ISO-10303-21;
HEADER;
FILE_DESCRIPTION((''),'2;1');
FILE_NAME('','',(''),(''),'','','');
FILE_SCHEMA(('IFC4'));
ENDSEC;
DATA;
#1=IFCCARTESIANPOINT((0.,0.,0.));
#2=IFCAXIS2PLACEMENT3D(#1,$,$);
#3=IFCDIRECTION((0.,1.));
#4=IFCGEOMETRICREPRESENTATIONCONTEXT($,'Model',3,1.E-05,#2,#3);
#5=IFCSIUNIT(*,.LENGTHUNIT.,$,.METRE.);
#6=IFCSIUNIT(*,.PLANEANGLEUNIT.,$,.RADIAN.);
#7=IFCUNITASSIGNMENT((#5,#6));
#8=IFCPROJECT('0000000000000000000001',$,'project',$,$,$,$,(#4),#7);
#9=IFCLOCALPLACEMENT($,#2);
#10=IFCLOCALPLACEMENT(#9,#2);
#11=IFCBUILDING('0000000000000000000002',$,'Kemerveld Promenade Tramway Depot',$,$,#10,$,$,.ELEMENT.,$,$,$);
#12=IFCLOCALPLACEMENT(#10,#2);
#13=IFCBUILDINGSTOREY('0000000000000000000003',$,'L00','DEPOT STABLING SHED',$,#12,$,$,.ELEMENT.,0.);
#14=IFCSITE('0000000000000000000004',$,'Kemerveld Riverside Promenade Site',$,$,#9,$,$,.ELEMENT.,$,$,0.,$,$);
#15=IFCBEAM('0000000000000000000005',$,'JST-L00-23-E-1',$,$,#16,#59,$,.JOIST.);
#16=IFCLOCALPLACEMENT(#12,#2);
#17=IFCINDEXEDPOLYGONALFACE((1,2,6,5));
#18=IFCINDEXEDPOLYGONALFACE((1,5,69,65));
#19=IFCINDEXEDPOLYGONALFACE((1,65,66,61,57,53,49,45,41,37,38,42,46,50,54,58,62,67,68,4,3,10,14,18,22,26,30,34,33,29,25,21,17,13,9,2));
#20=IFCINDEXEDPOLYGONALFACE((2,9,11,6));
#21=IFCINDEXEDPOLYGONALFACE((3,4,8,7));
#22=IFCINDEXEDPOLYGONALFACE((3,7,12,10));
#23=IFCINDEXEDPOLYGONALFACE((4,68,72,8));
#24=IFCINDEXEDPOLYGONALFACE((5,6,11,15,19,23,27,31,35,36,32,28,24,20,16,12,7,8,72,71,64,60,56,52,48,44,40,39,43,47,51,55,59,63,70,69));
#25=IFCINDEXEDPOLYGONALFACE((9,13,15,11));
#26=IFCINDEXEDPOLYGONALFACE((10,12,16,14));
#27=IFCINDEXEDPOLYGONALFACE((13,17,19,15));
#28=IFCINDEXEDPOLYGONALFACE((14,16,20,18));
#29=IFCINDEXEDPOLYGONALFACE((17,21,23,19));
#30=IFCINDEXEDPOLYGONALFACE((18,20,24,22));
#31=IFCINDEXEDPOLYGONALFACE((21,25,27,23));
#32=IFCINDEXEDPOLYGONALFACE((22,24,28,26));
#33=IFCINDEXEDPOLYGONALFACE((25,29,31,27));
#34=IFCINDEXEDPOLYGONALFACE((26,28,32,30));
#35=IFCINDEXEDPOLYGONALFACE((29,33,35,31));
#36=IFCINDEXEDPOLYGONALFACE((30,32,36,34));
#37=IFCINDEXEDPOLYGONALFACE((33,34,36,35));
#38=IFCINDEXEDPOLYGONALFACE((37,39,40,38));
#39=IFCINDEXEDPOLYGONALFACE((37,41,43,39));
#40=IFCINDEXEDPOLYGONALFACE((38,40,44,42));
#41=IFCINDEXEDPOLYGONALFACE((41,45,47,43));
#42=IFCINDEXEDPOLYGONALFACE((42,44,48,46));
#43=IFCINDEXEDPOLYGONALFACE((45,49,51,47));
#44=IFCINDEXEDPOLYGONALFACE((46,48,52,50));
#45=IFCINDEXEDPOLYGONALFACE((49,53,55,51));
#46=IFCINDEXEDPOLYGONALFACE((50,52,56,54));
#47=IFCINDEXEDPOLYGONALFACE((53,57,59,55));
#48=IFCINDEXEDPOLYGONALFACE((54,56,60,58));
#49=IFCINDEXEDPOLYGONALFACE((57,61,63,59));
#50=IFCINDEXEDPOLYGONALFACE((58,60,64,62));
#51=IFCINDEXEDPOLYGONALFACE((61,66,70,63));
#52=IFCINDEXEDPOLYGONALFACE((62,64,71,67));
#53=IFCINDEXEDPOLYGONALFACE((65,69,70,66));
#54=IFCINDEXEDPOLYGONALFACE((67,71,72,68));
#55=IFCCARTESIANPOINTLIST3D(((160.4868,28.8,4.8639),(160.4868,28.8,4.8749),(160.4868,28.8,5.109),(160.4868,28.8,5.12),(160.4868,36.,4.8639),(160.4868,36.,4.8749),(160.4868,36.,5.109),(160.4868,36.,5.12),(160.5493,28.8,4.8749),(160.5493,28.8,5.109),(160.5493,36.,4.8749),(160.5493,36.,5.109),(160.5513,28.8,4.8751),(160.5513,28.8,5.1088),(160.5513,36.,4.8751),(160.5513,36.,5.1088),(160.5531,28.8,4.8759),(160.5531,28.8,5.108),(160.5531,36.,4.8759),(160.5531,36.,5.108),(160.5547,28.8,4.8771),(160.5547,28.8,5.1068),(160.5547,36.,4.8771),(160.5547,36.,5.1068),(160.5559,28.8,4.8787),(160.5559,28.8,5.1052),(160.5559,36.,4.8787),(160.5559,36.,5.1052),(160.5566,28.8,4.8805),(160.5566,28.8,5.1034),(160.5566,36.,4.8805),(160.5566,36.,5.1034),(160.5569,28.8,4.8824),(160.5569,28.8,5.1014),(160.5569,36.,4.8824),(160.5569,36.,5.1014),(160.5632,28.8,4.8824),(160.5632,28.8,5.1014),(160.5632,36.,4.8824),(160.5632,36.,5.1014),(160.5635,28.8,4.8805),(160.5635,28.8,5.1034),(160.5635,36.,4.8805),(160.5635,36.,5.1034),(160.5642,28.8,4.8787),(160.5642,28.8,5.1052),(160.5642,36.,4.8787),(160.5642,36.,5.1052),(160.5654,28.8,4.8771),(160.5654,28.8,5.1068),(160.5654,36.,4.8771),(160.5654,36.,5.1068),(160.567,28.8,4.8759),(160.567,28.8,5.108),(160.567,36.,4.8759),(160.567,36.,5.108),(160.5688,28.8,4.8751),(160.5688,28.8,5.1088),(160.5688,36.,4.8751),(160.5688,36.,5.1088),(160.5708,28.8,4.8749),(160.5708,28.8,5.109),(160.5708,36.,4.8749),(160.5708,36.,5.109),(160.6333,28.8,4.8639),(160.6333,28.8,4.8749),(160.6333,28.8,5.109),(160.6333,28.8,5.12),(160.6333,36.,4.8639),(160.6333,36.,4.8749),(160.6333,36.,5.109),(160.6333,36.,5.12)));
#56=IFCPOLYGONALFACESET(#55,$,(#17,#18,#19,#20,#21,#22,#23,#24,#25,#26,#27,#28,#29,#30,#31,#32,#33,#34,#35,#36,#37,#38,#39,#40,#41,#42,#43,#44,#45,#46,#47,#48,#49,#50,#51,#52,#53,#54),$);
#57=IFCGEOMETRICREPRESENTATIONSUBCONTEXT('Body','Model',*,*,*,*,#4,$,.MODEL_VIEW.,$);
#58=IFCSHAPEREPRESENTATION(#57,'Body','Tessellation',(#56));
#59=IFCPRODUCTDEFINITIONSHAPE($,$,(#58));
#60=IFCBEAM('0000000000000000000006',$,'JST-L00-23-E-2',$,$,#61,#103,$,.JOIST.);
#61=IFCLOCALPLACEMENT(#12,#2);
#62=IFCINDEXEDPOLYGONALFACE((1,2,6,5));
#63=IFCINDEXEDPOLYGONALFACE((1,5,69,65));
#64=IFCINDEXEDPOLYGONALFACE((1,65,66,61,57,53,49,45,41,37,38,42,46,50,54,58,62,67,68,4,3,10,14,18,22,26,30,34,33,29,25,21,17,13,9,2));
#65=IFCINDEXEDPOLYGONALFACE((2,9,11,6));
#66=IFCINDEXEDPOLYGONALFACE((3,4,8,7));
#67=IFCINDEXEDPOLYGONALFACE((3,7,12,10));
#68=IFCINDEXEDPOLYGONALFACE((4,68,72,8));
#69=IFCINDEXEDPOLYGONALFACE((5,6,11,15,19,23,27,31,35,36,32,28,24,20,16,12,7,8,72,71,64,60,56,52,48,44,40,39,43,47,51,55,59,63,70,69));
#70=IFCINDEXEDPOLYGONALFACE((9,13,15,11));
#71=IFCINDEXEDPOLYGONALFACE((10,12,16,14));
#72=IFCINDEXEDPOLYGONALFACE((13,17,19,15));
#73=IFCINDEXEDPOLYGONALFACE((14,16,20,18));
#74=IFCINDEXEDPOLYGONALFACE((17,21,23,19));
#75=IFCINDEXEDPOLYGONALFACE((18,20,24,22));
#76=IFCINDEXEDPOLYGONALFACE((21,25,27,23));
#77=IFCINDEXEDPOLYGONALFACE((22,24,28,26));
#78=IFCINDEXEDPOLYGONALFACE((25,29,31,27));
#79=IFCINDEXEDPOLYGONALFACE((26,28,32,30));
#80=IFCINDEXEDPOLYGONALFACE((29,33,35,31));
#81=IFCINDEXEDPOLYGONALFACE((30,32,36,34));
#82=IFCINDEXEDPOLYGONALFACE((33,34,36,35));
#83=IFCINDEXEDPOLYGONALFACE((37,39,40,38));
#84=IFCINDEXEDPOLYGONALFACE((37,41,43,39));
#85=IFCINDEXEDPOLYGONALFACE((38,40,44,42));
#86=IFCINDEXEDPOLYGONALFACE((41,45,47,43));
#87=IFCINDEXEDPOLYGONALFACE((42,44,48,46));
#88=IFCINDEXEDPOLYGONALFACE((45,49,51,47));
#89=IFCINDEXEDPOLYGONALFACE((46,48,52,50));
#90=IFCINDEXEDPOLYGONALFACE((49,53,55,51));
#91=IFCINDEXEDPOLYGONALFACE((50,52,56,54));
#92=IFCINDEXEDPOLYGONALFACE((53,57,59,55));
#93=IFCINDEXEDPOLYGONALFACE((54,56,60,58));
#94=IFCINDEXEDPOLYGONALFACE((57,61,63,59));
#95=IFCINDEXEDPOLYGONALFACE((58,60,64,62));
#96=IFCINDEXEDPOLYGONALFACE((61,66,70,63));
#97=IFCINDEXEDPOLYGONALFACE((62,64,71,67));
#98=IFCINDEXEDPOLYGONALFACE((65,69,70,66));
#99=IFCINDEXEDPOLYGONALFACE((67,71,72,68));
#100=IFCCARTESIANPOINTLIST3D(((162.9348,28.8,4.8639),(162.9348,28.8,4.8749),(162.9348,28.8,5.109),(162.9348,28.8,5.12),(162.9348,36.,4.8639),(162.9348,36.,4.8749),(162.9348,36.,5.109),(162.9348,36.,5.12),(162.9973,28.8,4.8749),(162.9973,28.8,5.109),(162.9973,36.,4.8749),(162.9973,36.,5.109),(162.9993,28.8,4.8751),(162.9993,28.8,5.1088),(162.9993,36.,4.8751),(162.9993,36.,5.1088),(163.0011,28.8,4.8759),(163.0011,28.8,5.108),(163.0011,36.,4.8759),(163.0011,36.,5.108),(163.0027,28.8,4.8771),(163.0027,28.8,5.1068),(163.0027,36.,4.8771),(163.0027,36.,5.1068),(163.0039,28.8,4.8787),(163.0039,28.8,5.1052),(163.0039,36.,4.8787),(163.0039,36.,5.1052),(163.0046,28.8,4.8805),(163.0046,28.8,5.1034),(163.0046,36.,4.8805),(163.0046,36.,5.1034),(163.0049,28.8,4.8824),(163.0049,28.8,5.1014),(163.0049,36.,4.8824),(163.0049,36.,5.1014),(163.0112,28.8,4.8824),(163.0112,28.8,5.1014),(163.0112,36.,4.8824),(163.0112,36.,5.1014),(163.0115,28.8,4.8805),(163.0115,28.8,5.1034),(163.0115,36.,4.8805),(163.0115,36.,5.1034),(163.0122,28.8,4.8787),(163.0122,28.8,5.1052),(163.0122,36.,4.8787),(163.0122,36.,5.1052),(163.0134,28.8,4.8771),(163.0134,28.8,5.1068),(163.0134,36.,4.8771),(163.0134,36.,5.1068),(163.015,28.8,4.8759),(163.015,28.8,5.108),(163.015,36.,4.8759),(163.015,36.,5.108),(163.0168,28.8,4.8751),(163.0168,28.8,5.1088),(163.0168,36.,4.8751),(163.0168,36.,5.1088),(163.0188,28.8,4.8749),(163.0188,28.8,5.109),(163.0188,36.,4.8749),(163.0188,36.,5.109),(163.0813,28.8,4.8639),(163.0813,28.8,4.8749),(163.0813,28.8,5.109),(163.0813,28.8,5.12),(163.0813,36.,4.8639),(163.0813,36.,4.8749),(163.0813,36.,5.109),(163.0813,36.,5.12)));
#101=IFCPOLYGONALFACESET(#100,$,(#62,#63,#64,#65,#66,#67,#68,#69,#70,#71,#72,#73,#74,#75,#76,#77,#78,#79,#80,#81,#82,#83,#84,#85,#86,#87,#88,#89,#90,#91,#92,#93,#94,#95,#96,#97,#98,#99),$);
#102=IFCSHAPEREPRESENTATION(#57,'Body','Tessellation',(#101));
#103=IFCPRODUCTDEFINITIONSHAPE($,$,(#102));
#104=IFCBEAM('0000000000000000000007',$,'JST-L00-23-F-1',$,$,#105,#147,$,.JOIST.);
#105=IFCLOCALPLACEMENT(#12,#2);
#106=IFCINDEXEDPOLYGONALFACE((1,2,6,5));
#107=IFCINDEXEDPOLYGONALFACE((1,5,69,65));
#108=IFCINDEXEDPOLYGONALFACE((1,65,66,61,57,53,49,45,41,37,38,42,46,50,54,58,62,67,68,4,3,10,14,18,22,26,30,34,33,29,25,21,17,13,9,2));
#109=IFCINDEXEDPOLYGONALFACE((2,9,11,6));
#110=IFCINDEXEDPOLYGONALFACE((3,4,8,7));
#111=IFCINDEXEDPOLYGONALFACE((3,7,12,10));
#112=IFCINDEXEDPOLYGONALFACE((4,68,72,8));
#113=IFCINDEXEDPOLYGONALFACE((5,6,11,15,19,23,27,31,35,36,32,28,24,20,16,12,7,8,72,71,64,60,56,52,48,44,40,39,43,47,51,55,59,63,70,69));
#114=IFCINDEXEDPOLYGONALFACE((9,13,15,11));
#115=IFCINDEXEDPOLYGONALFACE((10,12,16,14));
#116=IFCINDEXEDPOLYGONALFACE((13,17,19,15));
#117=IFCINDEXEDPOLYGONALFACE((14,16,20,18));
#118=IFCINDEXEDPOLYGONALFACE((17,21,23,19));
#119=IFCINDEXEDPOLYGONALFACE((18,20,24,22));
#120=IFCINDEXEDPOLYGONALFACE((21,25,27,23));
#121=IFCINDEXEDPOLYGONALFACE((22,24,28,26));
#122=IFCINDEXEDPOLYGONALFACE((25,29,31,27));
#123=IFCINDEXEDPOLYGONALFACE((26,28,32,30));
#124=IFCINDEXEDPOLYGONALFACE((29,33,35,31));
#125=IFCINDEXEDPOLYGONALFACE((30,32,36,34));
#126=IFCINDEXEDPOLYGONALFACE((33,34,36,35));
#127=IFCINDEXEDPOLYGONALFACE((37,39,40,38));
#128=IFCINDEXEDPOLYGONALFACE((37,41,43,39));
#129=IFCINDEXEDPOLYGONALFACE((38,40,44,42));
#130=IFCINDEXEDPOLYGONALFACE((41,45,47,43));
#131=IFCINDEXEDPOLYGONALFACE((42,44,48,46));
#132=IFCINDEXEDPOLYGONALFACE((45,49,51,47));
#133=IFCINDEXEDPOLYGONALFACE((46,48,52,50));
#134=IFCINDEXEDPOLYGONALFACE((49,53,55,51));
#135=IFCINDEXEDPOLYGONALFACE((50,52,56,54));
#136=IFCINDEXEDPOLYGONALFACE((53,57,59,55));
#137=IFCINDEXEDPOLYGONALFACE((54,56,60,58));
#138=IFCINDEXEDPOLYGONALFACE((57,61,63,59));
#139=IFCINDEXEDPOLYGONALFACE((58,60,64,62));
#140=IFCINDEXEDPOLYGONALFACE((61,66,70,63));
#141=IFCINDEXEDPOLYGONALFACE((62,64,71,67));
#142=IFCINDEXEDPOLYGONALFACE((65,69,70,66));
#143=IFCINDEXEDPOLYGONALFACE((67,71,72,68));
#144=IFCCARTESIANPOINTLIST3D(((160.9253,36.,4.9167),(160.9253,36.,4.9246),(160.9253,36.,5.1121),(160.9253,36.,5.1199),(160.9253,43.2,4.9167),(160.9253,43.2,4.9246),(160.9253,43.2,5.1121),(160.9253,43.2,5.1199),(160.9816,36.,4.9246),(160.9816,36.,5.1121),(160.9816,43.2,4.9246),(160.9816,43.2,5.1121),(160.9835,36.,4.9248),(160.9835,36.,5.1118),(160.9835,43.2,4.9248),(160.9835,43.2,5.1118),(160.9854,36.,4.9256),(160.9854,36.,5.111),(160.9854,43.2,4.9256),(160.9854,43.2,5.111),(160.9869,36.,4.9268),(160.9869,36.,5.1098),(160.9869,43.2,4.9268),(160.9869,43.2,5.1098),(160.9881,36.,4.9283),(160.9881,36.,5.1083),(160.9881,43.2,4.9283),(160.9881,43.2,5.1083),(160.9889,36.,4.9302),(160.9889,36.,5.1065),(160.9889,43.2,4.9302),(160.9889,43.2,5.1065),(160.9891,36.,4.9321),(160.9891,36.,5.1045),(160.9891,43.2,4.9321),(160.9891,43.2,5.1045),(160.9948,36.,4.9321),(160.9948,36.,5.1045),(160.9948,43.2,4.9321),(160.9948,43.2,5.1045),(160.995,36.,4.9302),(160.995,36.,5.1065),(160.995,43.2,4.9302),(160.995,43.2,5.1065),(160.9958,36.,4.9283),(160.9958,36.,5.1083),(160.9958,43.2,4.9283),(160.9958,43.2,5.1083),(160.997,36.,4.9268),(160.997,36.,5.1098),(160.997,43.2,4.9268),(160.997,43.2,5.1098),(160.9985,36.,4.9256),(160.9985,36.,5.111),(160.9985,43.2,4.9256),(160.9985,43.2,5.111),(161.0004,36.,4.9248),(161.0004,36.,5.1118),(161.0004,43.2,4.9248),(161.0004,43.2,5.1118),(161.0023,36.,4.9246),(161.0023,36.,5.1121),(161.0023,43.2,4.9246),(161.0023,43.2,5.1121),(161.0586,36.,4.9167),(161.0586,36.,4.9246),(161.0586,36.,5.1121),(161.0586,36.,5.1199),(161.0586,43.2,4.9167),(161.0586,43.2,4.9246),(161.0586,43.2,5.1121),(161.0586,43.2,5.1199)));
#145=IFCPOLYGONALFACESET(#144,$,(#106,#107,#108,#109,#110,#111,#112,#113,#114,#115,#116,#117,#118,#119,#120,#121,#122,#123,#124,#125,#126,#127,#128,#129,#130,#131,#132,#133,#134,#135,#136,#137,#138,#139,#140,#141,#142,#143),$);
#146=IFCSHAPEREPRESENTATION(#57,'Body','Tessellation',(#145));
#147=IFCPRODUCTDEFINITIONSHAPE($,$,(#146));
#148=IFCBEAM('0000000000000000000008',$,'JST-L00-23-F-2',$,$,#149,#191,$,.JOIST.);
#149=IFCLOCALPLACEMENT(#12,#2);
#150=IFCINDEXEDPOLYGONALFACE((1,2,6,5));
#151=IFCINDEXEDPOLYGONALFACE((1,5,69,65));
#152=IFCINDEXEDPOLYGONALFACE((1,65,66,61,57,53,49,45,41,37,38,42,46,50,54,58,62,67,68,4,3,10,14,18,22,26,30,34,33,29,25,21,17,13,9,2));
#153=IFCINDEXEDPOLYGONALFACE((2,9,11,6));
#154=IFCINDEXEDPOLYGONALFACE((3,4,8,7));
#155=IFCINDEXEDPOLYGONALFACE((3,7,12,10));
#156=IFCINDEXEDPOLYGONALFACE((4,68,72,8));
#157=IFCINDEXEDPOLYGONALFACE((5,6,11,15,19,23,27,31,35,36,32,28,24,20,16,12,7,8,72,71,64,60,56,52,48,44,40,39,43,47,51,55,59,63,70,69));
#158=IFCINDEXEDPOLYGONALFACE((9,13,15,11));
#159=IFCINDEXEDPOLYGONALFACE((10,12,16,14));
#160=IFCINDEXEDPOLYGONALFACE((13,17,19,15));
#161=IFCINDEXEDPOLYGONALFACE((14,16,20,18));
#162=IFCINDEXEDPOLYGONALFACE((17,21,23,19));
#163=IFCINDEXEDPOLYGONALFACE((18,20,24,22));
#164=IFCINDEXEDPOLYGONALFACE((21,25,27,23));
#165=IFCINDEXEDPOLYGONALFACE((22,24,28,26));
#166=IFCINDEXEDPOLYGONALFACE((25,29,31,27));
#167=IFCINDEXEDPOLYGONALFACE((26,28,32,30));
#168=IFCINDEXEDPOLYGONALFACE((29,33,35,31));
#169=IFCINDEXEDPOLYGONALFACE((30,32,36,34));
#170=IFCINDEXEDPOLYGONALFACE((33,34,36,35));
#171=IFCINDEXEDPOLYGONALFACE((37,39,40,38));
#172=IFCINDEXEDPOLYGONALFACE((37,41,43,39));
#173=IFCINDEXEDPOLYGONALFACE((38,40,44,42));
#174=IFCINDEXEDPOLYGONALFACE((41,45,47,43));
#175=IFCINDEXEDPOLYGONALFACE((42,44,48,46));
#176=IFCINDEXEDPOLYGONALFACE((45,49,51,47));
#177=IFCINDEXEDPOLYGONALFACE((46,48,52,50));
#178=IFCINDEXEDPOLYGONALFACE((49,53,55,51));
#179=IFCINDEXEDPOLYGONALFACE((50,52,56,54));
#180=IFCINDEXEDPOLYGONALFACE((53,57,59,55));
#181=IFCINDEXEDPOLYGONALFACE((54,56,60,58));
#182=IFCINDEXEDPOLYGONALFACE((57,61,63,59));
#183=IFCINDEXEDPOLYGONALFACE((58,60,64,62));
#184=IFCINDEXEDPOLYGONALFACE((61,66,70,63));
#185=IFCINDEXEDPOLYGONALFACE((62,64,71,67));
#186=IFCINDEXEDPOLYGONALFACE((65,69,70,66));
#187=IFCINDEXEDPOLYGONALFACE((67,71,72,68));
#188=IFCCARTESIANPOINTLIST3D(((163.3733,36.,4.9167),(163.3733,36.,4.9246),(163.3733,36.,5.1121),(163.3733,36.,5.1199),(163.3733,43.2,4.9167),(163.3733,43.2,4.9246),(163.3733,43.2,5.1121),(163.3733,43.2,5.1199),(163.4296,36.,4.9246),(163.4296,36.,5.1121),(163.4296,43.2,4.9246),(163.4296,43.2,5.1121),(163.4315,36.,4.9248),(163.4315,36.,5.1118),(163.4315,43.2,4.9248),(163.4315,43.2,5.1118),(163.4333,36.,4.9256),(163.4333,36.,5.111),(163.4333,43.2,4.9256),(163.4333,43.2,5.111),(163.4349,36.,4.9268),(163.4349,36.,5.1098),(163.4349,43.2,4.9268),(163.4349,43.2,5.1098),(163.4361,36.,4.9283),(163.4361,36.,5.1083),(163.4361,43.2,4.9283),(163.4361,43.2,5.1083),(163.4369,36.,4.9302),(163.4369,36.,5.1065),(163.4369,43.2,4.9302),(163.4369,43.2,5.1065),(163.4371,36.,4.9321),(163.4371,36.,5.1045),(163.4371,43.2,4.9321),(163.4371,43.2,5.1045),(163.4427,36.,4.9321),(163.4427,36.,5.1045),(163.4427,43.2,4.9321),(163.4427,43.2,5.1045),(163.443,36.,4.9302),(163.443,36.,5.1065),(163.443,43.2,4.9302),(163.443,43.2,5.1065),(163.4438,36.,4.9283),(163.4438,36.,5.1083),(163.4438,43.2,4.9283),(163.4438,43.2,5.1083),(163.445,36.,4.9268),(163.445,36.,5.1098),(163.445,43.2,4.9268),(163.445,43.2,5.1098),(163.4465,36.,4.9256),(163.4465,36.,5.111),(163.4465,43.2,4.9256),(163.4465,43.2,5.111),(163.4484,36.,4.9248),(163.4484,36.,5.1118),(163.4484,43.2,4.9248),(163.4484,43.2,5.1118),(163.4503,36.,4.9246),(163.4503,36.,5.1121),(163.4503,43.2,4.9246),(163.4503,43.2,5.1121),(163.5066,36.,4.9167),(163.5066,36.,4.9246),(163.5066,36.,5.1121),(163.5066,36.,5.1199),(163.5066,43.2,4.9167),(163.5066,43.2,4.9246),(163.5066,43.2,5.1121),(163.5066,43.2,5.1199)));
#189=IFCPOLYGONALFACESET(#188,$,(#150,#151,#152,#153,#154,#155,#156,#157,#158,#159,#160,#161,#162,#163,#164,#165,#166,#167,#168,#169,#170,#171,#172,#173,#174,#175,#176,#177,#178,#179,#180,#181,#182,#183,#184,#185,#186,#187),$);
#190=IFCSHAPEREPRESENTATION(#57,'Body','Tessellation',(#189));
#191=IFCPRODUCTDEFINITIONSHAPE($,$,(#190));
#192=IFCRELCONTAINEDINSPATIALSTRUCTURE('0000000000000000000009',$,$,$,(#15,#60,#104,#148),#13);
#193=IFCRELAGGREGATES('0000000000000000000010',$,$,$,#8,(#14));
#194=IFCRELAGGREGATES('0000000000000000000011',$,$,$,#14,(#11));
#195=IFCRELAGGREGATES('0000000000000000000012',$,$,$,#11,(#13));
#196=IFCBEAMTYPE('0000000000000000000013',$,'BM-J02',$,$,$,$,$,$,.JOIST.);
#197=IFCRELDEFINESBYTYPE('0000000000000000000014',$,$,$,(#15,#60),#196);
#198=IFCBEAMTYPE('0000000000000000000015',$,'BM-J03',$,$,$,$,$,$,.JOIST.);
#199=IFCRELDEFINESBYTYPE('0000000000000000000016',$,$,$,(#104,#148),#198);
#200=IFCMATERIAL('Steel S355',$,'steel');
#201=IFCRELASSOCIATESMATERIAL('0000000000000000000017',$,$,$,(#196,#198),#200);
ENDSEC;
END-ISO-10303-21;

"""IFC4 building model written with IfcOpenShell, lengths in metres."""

from ifc_helpers import new_model, si_unit, direction, frame, origin, origin_2d, place, context, subcontext, project, spatial, i_section, extrude, material, material_profile, profile_set, type_object, element, save


model = new_model("IFC4")

# Units and contexts
model_context = context("Model", 3, precision=1e-05, world=origin(), true_north=direction((0.0, 1.0)))
body_context = subcontext(model_context, "Body", "Model", "MODEL_VIEW")
ifc_project = project(units=[si_unit("LENGTHUNIT", "METRE"), si_unit("PLANEANGLEUNIT", "RADIAN")], contexts=[model_context])

# Site, building, storey
site_placement = place(None, origin())
site = spatial("IfcSite", under=ifc_project, at=site_placement, Name="Kemerveld Riverside Promenade Site", CompositionType="ELEMENT", RefElevation=0.0)
building_placement = place(site_placement, origin())
building = spatial("IfcBuilding", under=site, at=building_placement, Name="Kemerveld Promenade Tramway Depot", CompositionType="ELEMENT")
storey_placement = place(building_placement, origin())
storey = spatial("IfcBuildingStorey", under=building, at=storey_placement, Name="L00", Description="DEPOT STABLING SHED", CompositionType="ELEMENT", Elevation=0.0)

# Shared definitions
ifc_material_1 = material(Name="Steel S355", Category="steel")

# Beams
ifc_material_profile_1 = material_profile(ifc_material_1, i_section(OverallWidth=0.1465, OverallDepth=0.2561, WebThickness=0.0063, FlangeThickness=0.011, FilletRadius=0.0076, at=origin_2d()), Name="254x146x37 UB")
ifc_profile_set_1 = profile_set([ifc_material_profile_1], Name="Steel S355")
beam_type_1 = type_object("IfcBeamType", Name="BM-J02", PredefinedType="JOIST", material=ifc_profile_set_1)
for number, where, z_axis, x_axis, name in (
    (1, (160.5601, 28.8, 4.9919), (0.0, 1.0, 0.0), (-1.0, 0.0, 0.0), "JST-L00-23-E-1"),
    (2, (163.0081, 28.8, 4.9919), (0.0, 1.0, 0.0), (-1.0, 0.0, 0.0), "JST-L00-23-E-2"),
):
    element("IfcBeam", number, at=place(storey_placement, frame(where, z_axis=z_axis, x_axis=x_axis)), inside=storey, type_object=beam_type_1, Name=name, PredefinedType="JOIST", context=body_context, shape_type="SweptSolid", body=[
        extrude(i_section(OverallWidth=0.1465, OverallDepth=0.2561, WebThickness=0.0063, FlangeThickness=0.011, FilletRadius=0.0076, at=origin_2d()), origin(), (0.0, 0.0, 1.0), 7.2),
    ])
ifc_material_profile_2 = material_profile(ifc_material_1, i_section(OverallWidth=0.1333, OverallDepth=0.2031, WebThickness=0.0056, FlangeThickness=0.0078, FilletRadius=0.0076, at=origin_2d()), Name="203x133x25 UB")
ifc_profile_set_2 = profile_set([ifc_material_profile_2], Name="Steel S355")
beam_type_2 = type_object("IfcBeamType", Name="BM-J03", PredefinedType="JOIST", material=ifc_profile_set_2)
for number, where, z_axis, x_axis, name in (
    (3, (160.9919, 36.0, 5.0183), (0.0, 1.0, 0.0), (-1.0, 0.0, 0.0), "JST-L00-23-F-1"),
    (4, (163.4399, 36.0, 5.0183), (0.0, 1.0, 0.0), (-1.0, 0.0, 0.0), "JST-L00-23-F-2"),
):
    element("IfcBeam", number, at=place(storey_placement, frame(where, z_axis=z_axis, x_axis=x_axis)), inside=storey, type_object=beam_type_2, Name=name, PredefinedType="JOIST", context=body_context, shape_type="SweptSolid", body=[
        extrude(i_section(OverallWidth=0.1333, OverallDepth=0.2031, WebThickness=0.0056, FlangeThickness=0.0078, FilletRadius=0.0076, at=origin_2d()), origin(), (0.0, 0.0, 1.0), 7.2),
    ])

save(model, "model.ifc")
